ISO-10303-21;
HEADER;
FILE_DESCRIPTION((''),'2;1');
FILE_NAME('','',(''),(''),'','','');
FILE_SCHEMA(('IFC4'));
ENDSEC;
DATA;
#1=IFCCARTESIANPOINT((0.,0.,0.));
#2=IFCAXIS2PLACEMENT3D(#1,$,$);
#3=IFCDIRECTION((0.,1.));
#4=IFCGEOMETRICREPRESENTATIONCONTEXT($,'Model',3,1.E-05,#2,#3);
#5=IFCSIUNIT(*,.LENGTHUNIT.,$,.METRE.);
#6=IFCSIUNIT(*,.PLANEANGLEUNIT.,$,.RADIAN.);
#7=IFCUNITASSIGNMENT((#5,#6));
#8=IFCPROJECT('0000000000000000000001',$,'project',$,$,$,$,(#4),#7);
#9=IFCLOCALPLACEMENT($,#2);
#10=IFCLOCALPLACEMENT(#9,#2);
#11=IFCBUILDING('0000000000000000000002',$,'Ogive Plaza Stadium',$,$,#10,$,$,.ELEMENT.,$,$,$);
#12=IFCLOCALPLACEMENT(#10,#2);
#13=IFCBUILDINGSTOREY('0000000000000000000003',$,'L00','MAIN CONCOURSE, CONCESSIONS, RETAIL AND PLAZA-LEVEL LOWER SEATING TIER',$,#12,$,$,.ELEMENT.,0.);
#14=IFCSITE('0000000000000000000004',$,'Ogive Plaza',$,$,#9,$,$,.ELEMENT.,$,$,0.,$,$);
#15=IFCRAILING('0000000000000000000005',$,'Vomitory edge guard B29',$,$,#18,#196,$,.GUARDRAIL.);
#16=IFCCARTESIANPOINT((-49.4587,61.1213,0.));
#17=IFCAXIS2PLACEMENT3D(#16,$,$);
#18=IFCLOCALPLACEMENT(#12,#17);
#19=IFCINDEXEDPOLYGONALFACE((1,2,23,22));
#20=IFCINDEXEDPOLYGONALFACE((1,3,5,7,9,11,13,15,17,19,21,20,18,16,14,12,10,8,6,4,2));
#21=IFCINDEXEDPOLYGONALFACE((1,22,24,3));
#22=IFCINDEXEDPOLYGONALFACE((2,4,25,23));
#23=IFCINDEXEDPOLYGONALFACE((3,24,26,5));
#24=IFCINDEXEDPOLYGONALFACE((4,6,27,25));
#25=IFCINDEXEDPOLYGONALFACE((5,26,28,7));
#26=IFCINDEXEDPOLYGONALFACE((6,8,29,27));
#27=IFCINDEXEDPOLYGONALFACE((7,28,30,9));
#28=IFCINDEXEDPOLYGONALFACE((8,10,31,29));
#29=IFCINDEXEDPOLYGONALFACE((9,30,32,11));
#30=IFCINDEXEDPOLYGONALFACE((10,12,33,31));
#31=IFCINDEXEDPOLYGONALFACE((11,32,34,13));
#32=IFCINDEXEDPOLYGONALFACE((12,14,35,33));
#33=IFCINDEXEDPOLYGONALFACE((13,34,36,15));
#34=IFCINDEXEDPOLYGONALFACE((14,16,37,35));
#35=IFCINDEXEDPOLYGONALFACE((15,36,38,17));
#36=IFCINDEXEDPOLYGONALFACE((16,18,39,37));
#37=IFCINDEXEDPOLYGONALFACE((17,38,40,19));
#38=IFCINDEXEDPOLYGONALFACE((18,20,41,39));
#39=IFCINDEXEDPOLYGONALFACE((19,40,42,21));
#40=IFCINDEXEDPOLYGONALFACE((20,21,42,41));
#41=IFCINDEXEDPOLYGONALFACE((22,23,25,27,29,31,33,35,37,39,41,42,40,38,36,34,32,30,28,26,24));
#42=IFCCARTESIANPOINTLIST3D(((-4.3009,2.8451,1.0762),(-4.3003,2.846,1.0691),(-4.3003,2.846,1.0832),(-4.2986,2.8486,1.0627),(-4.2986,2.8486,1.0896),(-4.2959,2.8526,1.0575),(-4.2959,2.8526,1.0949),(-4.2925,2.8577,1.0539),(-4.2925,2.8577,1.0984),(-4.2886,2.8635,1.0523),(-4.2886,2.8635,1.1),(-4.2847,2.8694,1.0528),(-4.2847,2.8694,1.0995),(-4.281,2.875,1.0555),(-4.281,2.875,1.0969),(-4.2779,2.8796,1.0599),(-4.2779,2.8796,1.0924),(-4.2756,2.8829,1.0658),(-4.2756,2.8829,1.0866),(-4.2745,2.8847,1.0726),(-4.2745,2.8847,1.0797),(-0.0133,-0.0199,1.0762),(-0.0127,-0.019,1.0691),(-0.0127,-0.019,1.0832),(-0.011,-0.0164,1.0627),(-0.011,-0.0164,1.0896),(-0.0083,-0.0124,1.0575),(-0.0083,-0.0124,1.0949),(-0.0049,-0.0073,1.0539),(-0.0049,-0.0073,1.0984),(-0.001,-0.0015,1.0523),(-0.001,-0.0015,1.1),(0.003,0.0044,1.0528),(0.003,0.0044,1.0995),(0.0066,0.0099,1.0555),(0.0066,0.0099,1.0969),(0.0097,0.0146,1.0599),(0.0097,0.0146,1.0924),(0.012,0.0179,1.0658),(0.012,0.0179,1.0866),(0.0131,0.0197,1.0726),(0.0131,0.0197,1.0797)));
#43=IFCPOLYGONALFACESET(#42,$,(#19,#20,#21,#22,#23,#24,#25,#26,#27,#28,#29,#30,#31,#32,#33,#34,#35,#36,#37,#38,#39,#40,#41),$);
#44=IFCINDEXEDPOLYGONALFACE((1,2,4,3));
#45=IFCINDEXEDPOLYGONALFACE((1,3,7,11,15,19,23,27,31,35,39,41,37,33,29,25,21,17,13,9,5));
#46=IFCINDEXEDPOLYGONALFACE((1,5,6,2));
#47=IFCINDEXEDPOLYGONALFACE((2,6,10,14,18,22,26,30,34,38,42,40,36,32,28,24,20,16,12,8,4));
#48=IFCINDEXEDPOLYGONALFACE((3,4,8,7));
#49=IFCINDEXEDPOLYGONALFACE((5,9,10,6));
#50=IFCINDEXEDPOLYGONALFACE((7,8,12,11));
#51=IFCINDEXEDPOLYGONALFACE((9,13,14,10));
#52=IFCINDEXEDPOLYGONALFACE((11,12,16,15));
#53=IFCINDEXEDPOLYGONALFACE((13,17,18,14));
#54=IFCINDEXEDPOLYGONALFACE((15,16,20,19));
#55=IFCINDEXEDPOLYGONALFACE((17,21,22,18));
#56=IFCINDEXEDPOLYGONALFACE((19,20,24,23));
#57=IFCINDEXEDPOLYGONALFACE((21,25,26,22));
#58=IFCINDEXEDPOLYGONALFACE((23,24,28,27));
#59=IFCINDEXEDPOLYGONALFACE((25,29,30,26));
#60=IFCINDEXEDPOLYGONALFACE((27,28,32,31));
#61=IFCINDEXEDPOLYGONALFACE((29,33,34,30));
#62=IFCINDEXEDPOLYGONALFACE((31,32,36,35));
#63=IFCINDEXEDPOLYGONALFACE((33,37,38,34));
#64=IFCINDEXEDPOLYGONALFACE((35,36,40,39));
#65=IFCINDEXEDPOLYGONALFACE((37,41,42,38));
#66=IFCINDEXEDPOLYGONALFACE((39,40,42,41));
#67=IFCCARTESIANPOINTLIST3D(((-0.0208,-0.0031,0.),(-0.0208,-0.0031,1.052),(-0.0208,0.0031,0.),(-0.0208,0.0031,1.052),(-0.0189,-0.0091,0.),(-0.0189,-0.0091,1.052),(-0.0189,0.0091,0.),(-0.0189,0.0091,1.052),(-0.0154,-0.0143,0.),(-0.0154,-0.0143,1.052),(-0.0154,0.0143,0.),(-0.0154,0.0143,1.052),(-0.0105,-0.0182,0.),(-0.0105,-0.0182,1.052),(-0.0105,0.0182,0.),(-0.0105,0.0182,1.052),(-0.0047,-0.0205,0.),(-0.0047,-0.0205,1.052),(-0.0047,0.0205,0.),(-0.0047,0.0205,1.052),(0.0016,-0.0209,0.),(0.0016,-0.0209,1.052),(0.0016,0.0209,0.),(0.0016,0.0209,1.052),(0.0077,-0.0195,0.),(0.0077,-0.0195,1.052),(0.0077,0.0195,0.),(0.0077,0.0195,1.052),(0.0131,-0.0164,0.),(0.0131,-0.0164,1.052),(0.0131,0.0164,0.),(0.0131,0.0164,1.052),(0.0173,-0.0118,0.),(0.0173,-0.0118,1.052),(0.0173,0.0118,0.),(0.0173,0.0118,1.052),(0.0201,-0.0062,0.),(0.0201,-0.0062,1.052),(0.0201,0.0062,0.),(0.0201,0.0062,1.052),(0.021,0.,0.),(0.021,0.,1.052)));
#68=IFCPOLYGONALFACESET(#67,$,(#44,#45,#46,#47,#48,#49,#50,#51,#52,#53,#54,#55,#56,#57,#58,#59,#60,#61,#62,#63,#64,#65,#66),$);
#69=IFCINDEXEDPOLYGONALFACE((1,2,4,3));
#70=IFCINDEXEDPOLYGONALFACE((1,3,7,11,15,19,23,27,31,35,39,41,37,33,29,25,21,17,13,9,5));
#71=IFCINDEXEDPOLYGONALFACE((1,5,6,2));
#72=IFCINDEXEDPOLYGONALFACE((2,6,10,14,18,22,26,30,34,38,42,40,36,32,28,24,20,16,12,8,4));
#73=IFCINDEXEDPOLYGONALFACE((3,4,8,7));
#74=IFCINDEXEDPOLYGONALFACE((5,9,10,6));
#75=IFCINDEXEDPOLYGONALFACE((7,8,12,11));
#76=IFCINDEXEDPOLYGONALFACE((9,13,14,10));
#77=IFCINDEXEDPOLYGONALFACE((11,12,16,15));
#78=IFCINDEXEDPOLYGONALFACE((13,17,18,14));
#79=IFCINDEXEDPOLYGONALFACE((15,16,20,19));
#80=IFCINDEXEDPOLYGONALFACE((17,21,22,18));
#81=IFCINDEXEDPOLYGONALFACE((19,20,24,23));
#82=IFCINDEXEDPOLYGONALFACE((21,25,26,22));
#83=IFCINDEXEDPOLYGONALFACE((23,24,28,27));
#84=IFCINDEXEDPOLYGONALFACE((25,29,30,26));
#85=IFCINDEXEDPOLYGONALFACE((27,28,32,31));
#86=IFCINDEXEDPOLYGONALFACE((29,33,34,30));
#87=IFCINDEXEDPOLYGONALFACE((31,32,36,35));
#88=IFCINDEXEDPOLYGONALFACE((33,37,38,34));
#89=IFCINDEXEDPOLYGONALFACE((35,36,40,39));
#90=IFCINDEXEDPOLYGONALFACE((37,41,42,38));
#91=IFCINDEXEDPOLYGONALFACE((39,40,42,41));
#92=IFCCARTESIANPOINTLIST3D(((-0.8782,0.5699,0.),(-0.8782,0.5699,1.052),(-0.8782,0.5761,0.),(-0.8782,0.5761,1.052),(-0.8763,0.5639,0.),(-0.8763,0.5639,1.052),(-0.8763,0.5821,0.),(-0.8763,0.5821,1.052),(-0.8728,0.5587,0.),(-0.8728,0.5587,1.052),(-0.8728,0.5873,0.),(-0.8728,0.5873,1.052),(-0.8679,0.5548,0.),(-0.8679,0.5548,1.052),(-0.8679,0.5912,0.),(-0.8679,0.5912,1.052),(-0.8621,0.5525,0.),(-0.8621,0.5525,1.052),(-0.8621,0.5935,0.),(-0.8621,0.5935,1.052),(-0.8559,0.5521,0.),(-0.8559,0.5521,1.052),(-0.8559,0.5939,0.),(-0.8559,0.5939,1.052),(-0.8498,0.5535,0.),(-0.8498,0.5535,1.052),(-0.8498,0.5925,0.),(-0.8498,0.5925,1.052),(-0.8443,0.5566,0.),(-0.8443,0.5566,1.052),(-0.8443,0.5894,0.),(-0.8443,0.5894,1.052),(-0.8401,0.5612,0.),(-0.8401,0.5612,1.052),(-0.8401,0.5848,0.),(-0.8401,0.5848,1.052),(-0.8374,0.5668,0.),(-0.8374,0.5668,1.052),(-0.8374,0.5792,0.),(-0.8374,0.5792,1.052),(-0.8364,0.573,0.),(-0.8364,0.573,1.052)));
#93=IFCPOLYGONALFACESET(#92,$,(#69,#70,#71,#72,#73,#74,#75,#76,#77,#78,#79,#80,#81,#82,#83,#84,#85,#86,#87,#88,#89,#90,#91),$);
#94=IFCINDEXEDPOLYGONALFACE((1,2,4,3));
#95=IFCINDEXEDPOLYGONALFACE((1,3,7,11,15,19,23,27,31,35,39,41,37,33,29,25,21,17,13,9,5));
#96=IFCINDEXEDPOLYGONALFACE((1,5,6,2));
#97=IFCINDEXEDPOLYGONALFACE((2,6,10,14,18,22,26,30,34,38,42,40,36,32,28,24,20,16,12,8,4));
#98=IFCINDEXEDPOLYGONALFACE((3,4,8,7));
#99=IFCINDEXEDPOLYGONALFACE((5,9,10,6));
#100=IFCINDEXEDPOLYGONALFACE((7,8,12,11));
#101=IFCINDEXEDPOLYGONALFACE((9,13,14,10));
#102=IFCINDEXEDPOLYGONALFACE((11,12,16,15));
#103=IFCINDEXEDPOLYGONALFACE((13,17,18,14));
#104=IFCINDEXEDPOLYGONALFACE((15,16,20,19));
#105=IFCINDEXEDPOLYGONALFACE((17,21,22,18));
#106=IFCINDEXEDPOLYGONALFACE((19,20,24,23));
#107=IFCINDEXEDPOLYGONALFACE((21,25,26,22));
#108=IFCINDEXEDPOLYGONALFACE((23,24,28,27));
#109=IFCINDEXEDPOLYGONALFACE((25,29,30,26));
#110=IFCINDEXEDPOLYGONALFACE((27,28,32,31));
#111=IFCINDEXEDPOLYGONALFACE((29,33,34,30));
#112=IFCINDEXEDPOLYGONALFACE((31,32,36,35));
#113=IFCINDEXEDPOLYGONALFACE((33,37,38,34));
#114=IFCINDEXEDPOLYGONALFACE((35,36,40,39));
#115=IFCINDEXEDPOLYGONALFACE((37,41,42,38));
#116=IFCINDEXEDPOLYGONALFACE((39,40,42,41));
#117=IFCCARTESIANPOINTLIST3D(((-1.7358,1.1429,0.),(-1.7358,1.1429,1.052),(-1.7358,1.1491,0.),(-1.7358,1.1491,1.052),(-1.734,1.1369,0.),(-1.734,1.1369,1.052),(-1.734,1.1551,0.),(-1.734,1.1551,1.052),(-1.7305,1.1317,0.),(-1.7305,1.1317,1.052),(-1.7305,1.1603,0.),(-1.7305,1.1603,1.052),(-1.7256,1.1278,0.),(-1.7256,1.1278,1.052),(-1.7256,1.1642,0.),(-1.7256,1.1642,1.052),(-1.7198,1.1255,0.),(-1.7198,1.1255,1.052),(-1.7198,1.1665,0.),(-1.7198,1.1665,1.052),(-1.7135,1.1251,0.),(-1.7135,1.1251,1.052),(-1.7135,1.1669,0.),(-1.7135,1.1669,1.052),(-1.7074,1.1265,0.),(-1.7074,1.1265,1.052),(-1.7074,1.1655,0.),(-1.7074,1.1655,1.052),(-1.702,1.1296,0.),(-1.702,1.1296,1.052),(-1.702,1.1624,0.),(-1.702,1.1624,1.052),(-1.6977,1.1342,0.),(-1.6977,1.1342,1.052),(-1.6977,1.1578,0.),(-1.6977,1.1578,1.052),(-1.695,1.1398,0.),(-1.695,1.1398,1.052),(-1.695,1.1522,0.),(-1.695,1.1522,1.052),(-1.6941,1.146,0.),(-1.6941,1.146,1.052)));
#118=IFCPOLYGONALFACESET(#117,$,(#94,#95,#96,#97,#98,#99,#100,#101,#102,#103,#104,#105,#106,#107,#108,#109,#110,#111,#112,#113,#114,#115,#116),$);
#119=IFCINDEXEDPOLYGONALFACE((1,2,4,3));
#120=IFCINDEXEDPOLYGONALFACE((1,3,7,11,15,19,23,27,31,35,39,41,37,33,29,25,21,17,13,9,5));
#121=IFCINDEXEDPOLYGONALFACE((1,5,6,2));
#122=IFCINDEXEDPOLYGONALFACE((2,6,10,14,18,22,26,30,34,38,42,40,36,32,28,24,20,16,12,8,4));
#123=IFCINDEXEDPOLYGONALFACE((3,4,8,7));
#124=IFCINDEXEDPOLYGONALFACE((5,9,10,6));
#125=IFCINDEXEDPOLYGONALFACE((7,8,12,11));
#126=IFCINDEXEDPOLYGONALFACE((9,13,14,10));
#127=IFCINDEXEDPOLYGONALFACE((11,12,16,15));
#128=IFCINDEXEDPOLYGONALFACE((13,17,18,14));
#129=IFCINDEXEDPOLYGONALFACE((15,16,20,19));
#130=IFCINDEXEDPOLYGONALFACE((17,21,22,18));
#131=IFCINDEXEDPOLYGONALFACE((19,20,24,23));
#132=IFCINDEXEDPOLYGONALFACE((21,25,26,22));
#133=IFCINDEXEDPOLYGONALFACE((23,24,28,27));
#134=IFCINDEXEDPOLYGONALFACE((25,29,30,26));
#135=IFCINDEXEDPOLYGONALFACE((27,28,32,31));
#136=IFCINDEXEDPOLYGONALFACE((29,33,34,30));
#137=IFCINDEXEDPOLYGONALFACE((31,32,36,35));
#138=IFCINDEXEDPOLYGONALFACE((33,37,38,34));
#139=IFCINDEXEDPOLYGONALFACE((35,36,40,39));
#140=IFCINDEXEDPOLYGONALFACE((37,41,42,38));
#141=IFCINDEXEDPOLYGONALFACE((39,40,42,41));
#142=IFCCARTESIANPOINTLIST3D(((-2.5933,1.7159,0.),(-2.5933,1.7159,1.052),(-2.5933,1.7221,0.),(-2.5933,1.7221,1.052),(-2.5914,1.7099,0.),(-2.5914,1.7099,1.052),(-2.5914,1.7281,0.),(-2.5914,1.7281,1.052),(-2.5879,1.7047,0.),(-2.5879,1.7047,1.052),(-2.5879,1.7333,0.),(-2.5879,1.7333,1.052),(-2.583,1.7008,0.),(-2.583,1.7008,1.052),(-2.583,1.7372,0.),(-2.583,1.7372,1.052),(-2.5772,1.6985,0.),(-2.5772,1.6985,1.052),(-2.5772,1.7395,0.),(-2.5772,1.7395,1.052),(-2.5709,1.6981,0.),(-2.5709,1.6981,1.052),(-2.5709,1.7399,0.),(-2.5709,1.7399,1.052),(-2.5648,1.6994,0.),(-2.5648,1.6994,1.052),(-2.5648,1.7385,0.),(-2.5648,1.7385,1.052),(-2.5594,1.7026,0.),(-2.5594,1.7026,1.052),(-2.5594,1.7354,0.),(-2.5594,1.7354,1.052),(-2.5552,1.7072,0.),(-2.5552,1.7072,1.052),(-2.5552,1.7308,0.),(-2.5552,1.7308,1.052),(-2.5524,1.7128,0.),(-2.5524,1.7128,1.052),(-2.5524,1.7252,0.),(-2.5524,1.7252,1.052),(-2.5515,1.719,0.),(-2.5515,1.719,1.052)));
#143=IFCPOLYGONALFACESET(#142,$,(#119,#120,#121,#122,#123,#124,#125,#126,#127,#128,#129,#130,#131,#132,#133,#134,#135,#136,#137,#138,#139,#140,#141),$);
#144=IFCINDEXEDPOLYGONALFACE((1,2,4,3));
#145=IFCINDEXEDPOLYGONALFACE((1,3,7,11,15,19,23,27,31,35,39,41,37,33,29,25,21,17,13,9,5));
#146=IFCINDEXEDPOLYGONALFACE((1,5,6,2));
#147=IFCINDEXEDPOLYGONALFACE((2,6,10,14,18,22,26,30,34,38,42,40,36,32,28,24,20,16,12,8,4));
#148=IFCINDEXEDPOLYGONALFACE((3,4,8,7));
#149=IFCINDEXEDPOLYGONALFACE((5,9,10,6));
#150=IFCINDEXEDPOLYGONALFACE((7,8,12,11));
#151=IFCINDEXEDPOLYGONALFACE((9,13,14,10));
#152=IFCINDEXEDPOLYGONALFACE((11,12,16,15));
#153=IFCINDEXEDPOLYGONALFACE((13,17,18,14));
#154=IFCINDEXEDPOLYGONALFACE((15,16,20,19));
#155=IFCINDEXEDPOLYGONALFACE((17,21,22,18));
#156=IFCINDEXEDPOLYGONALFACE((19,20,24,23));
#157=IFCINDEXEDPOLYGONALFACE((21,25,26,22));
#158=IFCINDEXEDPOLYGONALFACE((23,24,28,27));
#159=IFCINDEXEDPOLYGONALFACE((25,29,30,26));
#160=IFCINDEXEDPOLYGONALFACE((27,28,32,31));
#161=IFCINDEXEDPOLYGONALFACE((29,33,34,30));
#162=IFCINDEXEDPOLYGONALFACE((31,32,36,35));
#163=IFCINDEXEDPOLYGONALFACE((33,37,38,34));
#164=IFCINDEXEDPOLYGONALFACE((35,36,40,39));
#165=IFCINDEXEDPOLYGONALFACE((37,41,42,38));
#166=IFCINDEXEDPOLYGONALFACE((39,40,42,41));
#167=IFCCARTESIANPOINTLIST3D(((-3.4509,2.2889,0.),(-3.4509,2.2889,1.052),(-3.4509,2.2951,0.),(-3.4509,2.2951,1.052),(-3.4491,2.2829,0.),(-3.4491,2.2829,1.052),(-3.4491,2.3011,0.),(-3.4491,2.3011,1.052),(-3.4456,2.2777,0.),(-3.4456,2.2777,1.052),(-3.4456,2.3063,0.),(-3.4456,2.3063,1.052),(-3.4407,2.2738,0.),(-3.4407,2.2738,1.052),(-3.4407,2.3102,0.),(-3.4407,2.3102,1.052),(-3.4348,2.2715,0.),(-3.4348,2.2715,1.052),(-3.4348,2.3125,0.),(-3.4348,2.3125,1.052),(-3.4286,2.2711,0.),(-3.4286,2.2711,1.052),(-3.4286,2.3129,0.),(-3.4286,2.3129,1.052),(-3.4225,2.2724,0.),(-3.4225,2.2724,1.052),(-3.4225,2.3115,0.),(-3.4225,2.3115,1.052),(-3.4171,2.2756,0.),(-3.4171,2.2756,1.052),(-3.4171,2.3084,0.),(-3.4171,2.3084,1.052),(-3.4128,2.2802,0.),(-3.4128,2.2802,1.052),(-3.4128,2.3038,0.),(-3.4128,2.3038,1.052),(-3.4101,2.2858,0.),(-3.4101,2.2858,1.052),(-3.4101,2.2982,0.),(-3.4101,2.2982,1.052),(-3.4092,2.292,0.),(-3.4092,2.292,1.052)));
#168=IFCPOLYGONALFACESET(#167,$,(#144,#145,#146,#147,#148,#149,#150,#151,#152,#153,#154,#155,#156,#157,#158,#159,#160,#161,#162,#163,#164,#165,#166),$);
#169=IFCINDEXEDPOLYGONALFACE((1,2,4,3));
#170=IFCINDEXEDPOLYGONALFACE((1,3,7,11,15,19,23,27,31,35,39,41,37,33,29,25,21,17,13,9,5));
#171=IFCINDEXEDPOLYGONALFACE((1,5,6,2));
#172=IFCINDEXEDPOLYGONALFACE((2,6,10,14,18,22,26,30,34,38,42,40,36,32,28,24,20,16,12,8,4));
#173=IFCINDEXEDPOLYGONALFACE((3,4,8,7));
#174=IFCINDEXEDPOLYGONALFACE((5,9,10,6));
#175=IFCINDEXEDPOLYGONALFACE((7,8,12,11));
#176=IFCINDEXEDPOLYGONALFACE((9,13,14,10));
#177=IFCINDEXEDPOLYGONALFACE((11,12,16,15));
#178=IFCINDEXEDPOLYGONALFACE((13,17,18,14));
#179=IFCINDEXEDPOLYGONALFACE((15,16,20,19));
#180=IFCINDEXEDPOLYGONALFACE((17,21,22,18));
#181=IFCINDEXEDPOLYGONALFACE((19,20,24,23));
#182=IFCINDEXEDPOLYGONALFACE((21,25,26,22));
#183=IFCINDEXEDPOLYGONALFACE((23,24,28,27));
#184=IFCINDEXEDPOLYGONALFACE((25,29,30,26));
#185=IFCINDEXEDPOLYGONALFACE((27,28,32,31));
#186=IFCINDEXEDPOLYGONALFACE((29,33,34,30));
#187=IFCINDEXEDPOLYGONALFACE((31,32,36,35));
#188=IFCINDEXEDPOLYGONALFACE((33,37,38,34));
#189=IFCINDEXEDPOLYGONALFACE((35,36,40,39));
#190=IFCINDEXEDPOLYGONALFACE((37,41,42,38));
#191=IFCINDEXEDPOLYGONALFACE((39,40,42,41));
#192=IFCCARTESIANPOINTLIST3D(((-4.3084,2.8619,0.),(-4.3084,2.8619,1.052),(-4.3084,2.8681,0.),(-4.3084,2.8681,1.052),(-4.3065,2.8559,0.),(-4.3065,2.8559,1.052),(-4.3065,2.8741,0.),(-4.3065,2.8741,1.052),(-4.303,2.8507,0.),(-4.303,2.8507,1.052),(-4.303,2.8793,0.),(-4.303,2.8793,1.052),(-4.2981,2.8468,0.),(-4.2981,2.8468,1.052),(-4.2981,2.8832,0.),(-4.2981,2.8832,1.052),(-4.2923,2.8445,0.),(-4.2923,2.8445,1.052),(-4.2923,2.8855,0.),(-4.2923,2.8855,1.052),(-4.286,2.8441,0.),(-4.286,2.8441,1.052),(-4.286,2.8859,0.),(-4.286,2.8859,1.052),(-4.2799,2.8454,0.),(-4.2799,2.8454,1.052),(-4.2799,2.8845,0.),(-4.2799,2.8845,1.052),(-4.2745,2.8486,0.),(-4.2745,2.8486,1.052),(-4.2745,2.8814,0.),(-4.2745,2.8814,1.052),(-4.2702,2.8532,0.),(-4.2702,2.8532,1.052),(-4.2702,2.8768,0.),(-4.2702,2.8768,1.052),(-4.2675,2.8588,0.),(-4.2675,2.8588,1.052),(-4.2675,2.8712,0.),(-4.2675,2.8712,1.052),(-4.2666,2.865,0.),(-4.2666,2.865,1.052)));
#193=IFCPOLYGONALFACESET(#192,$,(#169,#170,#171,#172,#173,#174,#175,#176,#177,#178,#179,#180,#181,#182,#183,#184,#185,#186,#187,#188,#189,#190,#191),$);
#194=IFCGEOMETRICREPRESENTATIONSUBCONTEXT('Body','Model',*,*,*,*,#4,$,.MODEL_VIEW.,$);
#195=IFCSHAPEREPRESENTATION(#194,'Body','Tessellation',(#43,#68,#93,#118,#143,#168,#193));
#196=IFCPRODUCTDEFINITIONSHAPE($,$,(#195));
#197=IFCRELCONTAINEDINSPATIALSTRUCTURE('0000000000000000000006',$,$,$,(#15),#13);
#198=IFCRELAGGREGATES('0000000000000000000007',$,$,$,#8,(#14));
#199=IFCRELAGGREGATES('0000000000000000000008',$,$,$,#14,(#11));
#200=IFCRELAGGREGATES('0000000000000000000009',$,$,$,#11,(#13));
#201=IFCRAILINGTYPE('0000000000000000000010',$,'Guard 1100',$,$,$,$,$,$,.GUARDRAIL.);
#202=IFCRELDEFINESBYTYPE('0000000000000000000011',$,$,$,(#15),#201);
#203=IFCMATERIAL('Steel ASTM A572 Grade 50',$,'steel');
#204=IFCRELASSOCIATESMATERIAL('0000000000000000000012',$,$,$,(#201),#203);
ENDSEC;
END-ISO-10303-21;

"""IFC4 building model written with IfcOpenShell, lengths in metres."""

from ifc_helpers import new_model, si_unit, direction, frame, origin, origin_2d, place, context, subcontext, project, spatial, circle, extrude, material, type_object, element, save


model = new_model("IFC4")

# Units and contexts
model_context = context("Model", 3, precision=1e-05, world=origin(), true_north=direction((0.0, 1.0)))
body_context = subcontext(model_context, "Body", "Model", "MODEL_VIEW")
ifc_project = project(units=[si_unit("LENGTHUNIT", "METRE"), si_unit("PLANEANGLEUNIT", "RADIAN")], contexts=[model_context])

# Site, building, storey
site_placement = place(None, origin())
site = spatial("IfcSite", under=ifc_project, at=site_placement, Name="Ogive Plaza", CompositionType="ELEMENT", RefElevation=0.0)
building_placement = place(site_placement, origin())
building = spatial("IfcBuilding", under=site, at=building_placement, Name="Ogive Plaza Stadium", CompositionType="ELEMENT")
storey_placement = place(building_placement, origin())
storey = spatial("IfcBuildingStorey", under=building, at=storey_placement, Name="L00", Description="MAIN CONCOURSE, CONCESSIONS, RETAIL AND PLAZA-LEVEL LOWER SEATING TIER", CompositionType="ELEMENT", Elevation=0.0)

# Railing
ifc_material_1 = material(Name="Steel ASTM A572 Grade 50", Category="steel")
railing_type = type_object("IfcRailingType", Name="Guard 1100", PredefinedType="GUARDRAIL", material=ifc_material_1)
railing_1_placement = place(storey_placement, frame((-49.4587, 61.1213, 0.0)))
element("IfcRailing", 1, at=railing_1_placement, inside=storey, type_object=railing_type, Name="Vomitory edge guard B29", PredefinedType="GUARDRAIL", context=body_context, shape_type="SweptSolid", body=[
    extrude(circle(Radius=0.0239, at=origin_2d()), frame((0.0, 0.0, 1.0762), z_axis=(-0.83146, 0.555585, 0.0), x_axis=(-0.555585, -0.83146, 0.0)), (0.0, 0.0, 1.0), 5.1567),
    extrude(circle(Radius=0.021, at=origin_2d()), origin(), (0.0, 0.0, 1.0), 1.052),
    extrude(circle(Radius=0.021, at=origin_2d()), frame((-0.8574, 0.573, 0.0)), (0.0, 0.0, 1.0), 1.052),
    extrude(circle(Radius=0.021, at=origin_2d()), frame((-1.7151, 1.146, 0.0)), (0.0, 0.0, 1.0), 1.052),
    extrude(circle(Radius=0.021, at=origin_2d()), frame((-2.5725, 1.719, 0.0)), (0.0, 0.0, 1.0), 1.052),
    extrude(circle(Radius=0.021, at=origin_2d()), frame((-3.4302, 2.292, 0.0)), (0.0, 0.0, 1.0), 1.052),
    extrude(circle(Radius=0.021, at=origin_2d()), frame((-4.2876, 2.865, 0.0)), (0.0, 0.0, 1.0), 1.052),
])

save(model, "model.ifc")
